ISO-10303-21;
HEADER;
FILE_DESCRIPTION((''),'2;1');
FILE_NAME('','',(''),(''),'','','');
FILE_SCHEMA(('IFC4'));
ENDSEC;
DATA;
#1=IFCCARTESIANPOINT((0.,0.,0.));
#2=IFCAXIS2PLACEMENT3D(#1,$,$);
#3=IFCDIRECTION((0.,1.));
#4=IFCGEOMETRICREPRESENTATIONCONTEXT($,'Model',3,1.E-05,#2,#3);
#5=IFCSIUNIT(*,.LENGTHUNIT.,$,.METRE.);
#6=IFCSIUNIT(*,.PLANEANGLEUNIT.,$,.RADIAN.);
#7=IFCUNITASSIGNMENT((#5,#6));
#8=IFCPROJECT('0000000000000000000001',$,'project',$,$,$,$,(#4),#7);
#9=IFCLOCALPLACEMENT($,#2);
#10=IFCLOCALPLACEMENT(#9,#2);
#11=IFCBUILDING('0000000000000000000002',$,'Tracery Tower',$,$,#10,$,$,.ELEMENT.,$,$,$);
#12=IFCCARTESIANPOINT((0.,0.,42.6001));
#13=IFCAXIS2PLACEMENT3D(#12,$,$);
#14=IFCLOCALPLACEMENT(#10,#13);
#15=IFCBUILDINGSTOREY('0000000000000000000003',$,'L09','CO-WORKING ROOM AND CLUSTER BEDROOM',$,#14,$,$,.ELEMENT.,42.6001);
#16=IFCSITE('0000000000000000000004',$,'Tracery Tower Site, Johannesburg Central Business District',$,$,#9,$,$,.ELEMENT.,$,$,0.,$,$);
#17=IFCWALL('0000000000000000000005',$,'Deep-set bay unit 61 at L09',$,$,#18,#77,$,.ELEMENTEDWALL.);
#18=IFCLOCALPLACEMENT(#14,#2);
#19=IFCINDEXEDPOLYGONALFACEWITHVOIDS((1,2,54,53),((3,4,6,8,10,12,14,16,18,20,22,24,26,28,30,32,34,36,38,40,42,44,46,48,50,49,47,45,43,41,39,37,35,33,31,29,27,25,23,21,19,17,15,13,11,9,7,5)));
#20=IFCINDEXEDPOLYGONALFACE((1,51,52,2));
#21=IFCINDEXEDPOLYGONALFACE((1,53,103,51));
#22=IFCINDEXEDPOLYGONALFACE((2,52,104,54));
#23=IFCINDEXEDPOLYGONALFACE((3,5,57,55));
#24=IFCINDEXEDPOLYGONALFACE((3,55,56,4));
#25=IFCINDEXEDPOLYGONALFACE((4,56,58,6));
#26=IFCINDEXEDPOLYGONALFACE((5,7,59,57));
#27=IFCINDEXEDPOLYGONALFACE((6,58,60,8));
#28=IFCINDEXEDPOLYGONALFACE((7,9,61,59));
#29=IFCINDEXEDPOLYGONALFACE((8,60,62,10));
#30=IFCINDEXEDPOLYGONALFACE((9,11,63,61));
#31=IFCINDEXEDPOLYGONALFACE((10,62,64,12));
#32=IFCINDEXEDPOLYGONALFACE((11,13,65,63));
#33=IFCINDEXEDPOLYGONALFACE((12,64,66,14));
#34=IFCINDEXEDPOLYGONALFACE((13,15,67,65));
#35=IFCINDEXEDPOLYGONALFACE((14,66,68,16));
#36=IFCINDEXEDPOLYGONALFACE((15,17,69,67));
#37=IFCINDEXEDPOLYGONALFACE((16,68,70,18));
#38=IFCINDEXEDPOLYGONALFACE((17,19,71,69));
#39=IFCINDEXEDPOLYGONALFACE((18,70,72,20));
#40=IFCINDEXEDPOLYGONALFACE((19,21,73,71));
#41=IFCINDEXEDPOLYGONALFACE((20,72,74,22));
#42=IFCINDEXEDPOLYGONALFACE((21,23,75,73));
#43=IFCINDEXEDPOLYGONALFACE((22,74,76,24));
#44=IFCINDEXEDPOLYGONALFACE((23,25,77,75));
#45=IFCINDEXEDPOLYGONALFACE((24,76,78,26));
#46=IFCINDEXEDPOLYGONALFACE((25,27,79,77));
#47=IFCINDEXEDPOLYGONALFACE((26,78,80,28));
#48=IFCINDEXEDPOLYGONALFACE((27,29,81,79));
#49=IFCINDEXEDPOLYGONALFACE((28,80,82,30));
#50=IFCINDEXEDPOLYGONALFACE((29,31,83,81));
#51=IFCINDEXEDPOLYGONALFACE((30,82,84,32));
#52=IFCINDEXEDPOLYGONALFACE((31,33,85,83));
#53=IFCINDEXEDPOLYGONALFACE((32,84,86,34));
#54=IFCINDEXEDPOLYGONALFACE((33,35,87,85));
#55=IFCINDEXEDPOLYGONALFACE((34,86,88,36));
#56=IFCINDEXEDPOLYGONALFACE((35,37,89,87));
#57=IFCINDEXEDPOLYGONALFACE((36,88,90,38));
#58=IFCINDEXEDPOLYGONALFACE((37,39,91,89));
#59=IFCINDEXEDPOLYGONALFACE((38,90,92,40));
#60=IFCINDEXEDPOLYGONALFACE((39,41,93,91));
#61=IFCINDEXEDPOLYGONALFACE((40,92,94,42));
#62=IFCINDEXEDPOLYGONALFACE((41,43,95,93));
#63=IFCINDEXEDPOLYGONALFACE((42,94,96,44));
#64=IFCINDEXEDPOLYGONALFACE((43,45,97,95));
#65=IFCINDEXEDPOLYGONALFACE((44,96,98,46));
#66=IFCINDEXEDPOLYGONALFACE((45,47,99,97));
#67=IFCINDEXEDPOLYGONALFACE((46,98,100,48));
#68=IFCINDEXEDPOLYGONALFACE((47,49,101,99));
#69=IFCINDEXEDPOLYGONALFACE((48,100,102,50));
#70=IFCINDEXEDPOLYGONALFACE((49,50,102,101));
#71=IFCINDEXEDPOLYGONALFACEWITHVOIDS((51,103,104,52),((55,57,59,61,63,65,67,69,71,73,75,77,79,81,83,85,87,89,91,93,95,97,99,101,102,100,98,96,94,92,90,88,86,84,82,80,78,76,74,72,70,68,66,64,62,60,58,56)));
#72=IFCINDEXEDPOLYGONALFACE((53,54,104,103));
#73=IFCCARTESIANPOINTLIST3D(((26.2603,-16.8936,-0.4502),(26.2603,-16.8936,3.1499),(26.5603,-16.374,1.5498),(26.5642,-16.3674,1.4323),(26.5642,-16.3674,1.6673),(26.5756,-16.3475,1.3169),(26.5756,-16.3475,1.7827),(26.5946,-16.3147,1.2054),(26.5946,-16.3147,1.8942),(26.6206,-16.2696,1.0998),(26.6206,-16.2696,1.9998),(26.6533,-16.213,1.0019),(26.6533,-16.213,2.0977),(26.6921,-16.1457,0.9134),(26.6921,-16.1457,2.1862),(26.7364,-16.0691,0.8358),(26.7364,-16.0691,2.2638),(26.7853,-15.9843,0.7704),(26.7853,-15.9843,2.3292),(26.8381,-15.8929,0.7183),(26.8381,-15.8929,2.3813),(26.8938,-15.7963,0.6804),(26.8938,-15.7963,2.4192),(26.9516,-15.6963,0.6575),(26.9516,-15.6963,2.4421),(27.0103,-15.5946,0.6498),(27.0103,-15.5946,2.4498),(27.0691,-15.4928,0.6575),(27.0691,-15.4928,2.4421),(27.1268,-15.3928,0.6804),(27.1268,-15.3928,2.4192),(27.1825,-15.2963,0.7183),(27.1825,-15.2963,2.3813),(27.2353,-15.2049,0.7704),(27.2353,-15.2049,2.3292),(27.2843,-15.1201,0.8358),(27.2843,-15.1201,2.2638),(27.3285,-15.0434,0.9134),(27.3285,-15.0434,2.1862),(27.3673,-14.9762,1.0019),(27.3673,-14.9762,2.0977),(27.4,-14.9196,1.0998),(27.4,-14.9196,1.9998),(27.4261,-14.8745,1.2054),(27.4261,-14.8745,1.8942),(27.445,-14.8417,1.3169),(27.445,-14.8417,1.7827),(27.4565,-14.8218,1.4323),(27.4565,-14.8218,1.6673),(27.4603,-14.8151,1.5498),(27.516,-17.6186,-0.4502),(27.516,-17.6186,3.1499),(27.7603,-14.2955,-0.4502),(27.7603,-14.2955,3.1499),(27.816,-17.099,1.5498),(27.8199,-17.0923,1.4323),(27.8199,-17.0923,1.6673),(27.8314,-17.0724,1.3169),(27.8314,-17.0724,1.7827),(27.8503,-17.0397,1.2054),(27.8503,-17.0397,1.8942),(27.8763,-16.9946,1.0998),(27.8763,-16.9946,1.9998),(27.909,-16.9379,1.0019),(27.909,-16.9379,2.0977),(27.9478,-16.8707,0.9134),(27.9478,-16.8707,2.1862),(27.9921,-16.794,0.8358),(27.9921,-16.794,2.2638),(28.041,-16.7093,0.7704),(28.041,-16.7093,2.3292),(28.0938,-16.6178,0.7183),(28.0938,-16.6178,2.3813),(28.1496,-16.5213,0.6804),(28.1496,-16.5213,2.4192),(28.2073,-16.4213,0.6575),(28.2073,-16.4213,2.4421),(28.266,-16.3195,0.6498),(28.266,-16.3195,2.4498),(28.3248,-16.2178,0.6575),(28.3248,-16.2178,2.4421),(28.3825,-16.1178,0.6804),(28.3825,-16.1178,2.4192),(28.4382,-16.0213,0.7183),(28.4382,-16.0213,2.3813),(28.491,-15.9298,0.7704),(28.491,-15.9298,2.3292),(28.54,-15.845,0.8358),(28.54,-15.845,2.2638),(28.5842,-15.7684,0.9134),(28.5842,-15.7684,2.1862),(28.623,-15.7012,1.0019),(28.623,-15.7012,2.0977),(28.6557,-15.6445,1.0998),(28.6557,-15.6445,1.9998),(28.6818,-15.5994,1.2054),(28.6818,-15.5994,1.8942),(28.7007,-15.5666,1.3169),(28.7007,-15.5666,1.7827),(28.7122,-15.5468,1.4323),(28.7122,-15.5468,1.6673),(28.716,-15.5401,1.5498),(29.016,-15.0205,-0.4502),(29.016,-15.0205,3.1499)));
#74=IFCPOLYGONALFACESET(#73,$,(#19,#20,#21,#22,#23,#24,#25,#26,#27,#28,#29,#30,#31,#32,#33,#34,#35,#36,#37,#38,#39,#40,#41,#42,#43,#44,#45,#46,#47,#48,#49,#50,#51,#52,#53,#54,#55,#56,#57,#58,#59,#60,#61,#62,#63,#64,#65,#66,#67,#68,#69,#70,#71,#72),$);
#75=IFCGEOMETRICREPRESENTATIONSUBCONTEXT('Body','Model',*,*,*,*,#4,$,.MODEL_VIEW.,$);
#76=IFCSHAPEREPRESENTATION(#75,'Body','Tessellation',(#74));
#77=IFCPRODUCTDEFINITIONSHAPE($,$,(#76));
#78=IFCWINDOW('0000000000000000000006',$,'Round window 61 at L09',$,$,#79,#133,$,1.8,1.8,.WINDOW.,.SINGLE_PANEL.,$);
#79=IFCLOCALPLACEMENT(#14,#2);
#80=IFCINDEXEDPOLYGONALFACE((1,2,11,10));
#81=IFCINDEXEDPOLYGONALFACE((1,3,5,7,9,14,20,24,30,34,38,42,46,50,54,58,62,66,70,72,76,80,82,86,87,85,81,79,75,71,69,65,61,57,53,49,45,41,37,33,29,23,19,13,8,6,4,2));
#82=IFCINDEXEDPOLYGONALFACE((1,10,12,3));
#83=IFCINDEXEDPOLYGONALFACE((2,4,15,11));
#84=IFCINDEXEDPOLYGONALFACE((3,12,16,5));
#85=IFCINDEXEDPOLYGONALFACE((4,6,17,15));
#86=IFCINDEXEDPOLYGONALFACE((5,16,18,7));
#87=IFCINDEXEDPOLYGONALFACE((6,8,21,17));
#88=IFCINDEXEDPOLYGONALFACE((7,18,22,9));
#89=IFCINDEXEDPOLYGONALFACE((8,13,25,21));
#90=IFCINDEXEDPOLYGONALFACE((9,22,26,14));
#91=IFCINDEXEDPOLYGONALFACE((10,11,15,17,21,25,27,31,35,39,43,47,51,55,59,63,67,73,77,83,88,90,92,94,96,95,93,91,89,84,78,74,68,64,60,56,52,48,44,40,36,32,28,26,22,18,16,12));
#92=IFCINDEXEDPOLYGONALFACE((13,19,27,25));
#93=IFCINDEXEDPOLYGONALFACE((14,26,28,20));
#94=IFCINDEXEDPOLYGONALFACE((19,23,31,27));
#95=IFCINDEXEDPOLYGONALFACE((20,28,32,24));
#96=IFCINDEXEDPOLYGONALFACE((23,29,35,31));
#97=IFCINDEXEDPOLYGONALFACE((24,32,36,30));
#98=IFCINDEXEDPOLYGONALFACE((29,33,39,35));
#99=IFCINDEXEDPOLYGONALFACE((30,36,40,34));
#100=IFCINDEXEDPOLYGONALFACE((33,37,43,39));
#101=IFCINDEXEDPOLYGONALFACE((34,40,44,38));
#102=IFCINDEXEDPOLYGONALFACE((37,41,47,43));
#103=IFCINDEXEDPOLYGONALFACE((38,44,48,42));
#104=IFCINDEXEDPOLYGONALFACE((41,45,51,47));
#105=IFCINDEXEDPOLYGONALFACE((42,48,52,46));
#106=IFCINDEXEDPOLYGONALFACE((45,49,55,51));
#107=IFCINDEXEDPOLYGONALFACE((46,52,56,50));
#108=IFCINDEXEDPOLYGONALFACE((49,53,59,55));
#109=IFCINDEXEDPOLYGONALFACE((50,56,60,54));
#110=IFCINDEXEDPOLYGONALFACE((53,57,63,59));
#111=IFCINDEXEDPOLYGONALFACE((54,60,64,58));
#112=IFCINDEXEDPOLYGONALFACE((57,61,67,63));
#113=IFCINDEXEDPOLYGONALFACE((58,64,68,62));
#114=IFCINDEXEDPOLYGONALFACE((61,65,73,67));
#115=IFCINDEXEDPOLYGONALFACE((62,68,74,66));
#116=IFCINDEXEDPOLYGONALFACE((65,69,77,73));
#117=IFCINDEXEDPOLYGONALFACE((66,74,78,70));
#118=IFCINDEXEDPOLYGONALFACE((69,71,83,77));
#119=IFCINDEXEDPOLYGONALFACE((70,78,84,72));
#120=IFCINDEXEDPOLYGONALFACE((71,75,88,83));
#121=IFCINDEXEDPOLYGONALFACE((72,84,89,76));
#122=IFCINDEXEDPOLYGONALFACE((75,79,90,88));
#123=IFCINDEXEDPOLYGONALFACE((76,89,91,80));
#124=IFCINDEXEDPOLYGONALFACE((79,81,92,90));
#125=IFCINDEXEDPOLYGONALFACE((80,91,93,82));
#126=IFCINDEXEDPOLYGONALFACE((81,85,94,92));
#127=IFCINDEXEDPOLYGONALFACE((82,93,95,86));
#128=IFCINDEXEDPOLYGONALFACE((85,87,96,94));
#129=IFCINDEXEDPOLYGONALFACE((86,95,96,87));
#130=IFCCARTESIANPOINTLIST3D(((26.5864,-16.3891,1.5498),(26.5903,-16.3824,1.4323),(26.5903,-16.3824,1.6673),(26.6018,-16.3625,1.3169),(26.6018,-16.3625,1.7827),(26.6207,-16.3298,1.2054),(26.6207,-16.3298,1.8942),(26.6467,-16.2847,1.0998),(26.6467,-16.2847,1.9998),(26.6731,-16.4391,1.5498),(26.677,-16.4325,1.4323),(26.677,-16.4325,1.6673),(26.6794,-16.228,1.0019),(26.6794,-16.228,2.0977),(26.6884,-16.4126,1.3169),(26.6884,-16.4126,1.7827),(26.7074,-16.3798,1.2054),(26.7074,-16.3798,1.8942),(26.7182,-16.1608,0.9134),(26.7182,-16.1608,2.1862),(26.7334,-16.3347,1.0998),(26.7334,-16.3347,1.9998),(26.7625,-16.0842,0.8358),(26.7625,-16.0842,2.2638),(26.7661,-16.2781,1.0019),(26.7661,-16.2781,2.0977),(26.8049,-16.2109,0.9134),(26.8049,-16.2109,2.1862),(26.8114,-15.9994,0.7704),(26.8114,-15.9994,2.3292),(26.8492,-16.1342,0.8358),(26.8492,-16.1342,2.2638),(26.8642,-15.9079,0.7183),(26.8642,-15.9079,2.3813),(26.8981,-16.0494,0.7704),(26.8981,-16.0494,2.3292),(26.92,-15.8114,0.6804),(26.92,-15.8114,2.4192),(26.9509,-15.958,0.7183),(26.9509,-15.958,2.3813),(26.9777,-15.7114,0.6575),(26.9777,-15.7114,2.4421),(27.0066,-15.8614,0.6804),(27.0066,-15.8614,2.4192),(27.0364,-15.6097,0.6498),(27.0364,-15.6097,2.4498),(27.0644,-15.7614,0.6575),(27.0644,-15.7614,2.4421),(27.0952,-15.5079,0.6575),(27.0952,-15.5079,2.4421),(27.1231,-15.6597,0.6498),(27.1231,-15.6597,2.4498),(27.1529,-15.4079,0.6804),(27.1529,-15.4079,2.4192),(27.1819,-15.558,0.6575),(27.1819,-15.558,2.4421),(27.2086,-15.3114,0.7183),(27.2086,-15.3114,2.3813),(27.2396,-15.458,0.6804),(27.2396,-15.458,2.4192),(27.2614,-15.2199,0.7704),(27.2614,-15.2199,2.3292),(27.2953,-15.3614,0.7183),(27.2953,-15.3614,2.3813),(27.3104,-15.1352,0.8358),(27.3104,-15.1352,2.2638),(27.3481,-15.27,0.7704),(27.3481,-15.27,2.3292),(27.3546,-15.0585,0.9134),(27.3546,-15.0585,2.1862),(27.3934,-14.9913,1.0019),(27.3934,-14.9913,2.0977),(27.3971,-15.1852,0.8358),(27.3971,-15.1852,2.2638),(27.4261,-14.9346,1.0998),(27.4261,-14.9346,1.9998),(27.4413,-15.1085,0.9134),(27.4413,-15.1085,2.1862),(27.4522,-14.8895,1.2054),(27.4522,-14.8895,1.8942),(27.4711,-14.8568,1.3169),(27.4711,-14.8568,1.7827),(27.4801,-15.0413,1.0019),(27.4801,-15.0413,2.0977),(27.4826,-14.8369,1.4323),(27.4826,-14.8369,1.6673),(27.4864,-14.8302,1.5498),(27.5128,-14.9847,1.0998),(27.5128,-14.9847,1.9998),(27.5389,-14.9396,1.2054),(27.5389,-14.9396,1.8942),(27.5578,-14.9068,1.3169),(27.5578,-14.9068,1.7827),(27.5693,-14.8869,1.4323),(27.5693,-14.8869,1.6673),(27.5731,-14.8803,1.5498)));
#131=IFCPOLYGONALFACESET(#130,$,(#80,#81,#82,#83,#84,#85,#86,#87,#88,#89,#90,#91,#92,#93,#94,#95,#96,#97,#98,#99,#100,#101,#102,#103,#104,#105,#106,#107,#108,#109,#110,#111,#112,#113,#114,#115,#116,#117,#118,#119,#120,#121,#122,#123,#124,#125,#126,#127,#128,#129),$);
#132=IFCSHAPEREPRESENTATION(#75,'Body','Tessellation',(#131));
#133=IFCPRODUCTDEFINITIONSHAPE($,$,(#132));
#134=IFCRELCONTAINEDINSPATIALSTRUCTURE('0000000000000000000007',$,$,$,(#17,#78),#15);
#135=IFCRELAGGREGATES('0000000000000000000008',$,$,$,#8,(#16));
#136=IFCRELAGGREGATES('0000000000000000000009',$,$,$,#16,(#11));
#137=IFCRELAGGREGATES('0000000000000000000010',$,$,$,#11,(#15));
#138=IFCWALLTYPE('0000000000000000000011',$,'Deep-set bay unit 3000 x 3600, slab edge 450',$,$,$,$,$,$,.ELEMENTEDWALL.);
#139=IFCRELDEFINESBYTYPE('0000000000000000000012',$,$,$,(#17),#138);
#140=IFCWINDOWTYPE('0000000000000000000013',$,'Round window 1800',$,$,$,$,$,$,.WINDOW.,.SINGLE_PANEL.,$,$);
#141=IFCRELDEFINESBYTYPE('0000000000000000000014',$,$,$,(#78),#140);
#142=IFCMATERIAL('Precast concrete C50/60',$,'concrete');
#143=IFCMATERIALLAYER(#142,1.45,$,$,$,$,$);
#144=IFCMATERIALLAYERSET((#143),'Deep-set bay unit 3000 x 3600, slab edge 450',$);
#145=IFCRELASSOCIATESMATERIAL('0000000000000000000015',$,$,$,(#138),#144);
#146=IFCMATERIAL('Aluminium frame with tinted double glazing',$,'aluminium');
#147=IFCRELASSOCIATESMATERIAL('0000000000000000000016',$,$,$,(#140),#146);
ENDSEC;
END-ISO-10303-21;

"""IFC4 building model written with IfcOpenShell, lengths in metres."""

from ifc_helpers import new_model, si_unit, direction, frame, frame_2d, origin, origin_2d, place, context, subcontext, project, spatial, rectangle, circle, extrude, material, layer, layer_set, type_object, element, fill, save


model = new_model("IFC4")

# Units and contexts
model_context = context("Model", 3, precision=1e-05, world=origin(), true_north=direction((0.0, 1.0)))
body_context = subcontext(model_context, "Body", "Model", "MODEL_VIEW")
ifc_project = project(units=[si_unit("LENGTHUNIT", "METRE"), si_unit("PLANEANGLEUNIT", "RADIAN")], contexts=[model_context])

# Site, building, storey
site_placement = place(None, origin())
site = spatial("IfcSite", under=ifc_project, at=site_placement, Name="Tracery Tower Site, Johannesburg Central Business District", CompositionType="ELEMENT", RefElevation=0.0)
building_placement = place(site_placement, origin())
building = spatial("IfcBuilding", under=site, at=building_placement, Name="Tracery Tower", CompositionType="ELEMENT")
storey_placement = place(building_placement, frame((0.0, 0.0, 42.6001)))
storey = spatial("IfcBuildingStorey", under=building, at=storey_placement, Name="L09", Description="CO-WORKING ROOM AND CLUSTER BEDROOM", CompositionType="ELEMENT", Elevation=42.6001)

# Wall, opening, window
ifc_material_1 = material(Name="Precast concrete C50/60", Category="concrete")
ifc_layer_1 = layer(ifc_material_1, 1.45)
ifc_layer_set_1 = layer_set([ifc_layer_1], Name="Deep-set bay unit 3000 x 3600, slab edge 450")
wall_type_1 = type_object("IfcWallType", Name="Deep-set bay unit 3000 x 3600, slab edge 450", PredefinedType="ELEMENTEDWALL", material=ifc_layer_set_1)
wall_1_placement = place(storey_placement, frame((26.8882, -17.2561, -0.4502), z_axis=(0.0, 0.0, 1.0), x_axis=(0.49999, 0.866031, 0.0)))
wall_1 = element("IfcWall", 1, at=wall_1_placement, inside=storey, type_object=wall_type_1, Name="Deep-set bay unit 61 at L09", PredefinedType="ELEMENTEDWALL", context=body_context, shape_type="SweptSolid", body=[
    extrude(rectangle(XDim=3.0, YDim=1.45, at=frame_2d((1.5, 0.0))), origin(), (0.0, 0.0, 1.0), 3.6001),
])
opening_1_placement = place(wall_1_placement, frame((1.5, 0.0, 2.0)))
opening_1 = element("IfcOpeningElement", 2, at=opening_1_placement, cuts=wall_1, PredefinedType="OPENING", context=body_context, shape_type="SweptSolid", body=[
    extrude(circle(Radius=0.9, at=origin_2d()), frame((0.0, 0.7349, 0.0), z_axis=(0.0, -1.0, 0.0), x_axis=(1.0, 0.0, 0.0)), (0.0, 0.0, 1.0), 1.47),
])
ifc_material_2 = material(Name="Aluminium frame with tinted double glazing", Category="aluminium")
window_type = type_object("IfcWindowType", Name="Round window 1800", PartitioningType="SINGLE_PANEL", PredefinedType="WINDOW", material=ifc_material_2)
window_1_placement = place(opening_1_placement, origin())
window_1 = element("IfcWindow", 3, at=window_1_placement, inside=storey, type_object=window_type, Name="Round window 61 at L09", OverallHeight=1.8, OverallWidth=1.8, PartitioningType="SINGLE_PANEL", PredefinedType="WINDOW", context=body_context, shape_type="SweptSolid", body=[
    extrude(circle(Radius=0.9, at=origin_2d()), frame((0.0, 0.6948, 0.0), z_axis=(0.0, -1.0, 0.0), x_axis=(1.0, 0.0, 0.0)), (0.0, 0.0, 1.0), 0.1001),
])
fill(opening_1, window_1)

save(model, "model.ifc")
